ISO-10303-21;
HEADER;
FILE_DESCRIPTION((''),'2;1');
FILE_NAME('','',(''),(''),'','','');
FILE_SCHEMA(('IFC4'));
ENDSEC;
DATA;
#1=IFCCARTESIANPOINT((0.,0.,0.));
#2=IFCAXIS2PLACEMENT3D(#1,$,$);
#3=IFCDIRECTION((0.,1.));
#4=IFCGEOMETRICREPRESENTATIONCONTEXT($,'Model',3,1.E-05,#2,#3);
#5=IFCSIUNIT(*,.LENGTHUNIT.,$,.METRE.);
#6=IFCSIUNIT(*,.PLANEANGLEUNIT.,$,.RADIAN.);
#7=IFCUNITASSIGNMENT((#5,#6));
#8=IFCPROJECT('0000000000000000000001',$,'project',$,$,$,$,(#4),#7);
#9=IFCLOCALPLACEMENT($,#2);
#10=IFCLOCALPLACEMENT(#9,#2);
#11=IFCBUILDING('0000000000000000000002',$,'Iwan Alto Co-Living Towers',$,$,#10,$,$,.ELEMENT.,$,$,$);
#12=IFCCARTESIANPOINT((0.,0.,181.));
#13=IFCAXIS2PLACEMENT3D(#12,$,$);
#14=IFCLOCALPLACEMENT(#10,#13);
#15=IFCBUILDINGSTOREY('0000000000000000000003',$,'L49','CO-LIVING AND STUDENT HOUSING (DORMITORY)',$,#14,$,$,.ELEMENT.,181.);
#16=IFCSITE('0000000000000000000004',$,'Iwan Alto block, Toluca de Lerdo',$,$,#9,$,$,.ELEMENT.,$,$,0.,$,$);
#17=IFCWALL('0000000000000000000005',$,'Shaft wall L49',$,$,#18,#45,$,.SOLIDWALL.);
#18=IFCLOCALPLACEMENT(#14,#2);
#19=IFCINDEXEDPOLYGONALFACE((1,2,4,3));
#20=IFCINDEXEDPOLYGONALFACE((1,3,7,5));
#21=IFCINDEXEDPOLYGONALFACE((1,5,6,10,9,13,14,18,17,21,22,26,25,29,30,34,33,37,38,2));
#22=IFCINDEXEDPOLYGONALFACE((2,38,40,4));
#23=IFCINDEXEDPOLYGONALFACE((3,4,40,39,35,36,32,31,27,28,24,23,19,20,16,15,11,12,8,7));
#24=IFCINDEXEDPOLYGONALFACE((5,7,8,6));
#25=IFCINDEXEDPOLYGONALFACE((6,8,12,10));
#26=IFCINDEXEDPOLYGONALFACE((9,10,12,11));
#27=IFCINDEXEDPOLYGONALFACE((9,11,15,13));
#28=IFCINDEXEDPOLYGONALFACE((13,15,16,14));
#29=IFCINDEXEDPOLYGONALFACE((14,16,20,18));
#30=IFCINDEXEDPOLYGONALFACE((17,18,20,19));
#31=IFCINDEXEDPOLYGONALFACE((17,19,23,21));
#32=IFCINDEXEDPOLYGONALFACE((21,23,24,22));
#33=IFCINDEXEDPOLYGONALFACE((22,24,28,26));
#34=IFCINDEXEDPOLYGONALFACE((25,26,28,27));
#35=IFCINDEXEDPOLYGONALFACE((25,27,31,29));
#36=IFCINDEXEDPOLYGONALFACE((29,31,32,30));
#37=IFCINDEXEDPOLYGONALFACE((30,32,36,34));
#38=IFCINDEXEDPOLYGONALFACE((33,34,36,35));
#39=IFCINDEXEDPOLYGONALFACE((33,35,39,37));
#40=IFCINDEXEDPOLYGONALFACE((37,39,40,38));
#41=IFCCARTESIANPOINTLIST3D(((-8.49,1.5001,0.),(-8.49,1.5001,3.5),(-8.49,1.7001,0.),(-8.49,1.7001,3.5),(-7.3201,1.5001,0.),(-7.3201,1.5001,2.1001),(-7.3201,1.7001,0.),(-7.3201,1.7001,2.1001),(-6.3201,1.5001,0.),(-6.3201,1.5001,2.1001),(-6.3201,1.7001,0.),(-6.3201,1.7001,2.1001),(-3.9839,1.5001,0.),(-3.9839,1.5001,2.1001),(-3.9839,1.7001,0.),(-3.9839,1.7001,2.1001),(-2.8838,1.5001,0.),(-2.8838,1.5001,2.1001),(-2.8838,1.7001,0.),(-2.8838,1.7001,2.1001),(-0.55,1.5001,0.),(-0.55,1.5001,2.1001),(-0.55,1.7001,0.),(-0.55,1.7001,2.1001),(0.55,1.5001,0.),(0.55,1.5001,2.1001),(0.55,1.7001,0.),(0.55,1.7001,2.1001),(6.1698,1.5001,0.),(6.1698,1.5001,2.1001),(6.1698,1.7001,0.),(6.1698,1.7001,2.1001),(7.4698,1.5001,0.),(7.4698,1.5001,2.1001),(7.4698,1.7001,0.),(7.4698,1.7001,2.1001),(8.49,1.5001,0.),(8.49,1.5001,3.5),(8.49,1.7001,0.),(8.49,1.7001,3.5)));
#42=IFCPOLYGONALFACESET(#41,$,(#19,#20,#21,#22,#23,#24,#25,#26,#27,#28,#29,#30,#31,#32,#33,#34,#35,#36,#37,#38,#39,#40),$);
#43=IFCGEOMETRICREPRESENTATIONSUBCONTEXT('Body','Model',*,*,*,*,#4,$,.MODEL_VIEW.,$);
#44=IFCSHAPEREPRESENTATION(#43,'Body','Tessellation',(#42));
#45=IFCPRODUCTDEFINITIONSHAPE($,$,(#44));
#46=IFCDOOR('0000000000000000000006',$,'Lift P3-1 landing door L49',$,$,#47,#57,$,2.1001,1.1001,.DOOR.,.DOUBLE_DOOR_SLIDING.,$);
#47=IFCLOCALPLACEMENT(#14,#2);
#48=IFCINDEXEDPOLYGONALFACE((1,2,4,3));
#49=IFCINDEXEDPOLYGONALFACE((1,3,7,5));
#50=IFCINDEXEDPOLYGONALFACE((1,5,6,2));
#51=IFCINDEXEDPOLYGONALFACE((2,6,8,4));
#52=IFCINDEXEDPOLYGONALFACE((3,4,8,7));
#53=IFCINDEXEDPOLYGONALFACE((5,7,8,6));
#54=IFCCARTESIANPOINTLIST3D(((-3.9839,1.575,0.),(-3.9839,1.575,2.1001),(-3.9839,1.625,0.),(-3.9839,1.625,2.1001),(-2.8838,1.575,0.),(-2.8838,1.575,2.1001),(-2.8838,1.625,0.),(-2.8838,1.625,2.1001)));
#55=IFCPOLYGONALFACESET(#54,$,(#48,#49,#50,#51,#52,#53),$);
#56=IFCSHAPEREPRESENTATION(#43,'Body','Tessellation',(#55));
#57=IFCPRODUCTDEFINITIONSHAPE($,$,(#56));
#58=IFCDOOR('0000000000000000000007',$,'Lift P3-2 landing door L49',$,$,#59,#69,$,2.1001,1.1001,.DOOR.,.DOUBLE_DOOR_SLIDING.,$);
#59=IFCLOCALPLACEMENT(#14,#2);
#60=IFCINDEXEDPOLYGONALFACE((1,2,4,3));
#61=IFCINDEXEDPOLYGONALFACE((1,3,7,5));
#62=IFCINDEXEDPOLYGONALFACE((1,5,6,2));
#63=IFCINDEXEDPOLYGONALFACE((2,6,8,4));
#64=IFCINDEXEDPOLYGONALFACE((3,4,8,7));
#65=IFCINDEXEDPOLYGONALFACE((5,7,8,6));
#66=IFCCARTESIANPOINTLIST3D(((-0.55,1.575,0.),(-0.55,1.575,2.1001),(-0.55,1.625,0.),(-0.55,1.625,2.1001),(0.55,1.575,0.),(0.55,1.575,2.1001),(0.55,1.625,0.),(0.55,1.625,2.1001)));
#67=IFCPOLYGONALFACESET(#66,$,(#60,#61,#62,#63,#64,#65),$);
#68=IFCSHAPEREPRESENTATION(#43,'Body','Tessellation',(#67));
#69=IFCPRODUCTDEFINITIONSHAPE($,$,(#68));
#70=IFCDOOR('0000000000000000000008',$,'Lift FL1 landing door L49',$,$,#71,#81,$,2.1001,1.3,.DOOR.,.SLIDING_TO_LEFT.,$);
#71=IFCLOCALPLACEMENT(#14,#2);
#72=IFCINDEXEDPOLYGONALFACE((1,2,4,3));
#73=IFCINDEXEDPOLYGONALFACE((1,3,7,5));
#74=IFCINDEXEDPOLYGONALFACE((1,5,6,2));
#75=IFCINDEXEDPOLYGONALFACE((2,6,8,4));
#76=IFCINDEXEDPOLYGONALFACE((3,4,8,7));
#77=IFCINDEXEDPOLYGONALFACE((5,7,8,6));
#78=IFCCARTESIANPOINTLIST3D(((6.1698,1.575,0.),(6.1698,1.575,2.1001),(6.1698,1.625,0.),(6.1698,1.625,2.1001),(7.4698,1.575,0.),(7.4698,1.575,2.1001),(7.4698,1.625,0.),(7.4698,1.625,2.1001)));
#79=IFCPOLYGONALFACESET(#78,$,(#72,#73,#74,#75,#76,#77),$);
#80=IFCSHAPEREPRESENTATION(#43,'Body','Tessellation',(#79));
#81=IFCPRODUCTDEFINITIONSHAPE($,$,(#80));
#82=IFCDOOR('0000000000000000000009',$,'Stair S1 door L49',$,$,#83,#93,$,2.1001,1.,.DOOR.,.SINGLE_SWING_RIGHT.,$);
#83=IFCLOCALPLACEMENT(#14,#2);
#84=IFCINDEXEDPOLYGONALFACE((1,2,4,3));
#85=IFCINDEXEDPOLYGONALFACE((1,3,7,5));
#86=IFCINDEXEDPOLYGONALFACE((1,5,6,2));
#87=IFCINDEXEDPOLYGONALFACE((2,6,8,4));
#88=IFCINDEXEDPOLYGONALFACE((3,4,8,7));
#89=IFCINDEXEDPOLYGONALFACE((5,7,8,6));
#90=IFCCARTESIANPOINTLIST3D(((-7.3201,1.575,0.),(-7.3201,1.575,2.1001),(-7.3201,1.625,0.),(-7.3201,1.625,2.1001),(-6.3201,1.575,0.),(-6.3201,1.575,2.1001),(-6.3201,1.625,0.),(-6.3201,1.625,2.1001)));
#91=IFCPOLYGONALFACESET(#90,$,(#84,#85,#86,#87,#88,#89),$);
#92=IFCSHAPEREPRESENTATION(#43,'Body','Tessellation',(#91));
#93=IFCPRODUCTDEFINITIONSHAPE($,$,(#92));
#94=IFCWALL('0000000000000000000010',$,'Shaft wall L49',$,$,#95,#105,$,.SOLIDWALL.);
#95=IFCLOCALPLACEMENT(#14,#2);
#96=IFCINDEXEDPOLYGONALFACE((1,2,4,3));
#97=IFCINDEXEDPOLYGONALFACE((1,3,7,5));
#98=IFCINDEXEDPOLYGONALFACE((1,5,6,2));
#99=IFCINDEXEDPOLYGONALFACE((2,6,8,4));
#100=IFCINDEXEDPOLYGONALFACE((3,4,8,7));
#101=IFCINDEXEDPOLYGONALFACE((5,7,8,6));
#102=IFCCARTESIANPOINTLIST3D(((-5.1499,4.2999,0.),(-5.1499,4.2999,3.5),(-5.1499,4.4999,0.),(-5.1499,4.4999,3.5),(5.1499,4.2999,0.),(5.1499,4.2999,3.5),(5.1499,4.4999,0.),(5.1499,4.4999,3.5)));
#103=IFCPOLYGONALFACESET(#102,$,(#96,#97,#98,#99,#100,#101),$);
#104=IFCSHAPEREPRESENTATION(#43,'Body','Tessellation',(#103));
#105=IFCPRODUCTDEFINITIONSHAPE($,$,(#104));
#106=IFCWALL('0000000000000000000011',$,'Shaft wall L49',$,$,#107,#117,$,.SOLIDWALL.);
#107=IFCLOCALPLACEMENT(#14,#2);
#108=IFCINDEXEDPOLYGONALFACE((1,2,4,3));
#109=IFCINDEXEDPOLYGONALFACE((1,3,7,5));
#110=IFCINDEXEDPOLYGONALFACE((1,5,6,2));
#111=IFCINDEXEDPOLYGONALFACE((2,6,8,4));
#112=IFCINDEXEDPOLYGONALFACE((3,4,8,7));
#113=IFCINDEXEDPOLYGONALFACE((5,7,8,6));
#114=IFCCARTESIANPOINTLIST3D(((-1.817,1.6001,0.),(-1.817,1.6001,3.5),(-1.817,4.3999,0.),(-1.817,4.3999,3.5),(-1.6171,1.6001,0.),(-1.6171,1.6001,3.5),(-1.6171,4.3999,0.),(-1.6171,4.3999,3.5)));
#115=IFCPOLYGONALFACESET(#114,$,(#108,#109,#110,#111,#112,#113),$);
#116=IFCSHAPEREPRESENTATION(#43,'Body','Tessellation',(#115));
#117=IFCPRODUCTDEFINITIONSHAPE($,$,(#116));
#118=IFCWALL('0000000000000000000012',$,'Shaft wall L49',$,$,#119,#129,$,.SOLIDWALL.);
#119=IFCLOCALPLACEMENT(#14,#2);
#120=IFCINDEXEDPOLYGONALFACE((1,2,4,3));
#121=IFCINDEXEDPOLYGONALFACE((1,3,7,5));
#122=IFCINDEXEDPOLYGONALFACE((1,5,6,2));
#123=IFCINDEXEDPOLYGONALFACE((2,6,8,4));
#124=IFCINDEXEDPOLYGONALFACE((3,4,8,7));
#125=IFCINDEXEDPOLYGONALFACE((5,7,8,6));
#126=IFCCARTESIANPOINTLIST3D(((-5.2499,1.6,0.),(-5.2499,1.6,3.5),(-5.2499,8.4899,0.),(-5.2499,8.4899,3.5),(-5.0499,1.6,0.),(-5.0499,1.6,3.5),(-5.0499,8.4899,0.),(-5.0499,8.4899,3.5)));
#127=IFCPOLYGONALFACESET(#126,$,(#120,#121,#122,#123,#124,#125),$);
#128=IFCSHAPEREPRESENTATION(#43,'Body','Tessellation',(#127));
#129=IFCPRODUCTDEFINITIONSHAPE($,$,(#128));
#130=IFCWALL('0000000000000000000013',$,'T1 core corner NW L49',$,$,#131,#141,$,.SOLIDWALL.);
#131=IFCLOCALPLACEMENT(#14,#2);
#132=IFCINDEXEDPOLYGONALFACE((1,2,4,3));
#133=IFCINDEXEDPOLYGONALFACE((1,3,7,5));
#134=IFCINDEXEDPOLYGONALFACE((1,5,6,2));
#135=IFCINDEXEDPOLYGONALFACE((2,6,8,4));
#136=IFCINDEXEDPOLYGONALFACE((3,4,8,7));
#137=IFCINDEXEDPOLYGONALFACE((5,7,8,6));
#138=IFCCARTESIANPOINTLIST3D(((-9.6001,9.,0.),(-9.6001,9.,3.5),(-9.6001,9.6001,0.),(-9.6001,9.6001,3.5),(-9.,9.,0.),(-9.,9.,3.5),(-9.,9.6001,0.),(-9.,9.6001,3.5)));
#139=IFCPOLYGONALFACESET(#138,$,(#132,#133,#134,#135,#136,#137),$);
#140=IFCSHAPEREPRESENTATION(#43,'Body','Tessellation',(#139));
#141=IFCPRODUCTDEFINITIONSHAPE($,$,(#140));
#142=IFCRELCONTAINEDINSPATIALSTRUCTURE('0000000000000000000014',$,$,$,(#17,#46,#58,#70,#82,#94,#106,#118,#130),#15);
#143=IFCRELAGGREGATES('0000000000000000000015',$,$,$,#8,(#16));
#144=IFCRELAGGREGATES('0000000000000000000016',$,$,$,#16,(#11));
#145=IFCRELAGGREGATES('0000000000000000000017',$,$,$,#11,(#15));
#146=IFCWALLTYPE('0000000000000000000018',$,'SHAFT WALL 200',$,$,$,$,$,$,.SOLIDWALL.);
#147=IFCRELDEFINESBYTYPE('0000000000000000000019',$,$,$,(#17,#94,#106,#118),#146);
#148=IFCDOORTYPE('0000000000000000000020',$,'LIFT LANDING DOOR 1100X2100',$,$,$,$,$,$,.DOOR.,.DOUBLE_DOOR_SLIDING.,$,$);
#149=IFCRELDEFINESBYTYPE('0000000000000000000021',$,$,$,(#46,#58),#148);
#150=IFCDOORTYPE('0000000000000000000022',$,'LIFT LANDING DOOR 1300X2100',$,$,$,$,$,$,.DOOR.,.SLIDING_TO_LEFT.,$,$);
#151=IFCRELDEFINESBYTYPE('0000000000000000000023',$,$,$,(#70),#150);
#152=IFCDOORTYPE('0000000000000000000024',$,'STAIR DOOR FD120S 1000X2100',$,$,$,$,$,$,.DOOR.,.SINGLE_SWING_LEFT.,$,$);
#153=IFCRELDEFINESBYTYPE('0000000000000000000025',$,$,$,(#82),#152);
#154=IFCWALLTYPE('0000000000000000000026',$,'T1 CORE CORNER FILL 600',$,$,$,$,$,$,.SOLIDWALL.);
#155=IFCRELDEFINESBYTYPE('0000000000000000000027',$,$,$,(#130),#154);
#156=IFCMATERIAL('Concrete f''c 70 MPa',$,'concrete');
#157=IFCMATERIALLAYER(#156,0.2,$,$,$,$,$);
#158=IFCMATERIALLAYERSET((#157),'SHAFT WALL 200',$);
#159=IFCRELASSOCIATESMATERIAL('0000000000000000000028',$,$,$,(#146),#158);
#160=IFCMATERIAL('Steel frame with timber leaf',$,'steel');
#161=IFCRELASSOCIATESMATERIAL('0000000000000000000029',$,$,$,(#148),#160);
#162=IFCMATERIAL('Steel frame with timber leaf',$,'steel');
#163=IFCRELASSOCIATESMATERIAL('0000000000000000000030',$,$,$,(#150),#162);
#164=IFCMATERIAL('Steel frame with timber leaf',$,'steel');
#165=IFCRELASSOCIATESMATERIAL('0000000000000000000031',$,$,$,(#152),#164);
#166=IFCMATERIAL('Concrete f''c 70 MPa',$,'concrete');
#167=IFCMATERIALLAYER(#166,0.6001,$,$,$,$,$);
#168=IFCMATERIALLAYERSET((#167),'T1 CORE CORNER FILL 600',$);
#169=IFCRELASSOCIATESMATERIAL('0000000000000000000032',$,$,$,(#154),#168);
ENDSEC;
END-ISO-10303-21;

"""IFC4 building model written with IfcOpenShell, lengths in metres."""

from ifc_helpers import new_model, si_unit, direction, frame, frame_2d, origin, place, context, subcontext, project, spatial, rectangle, extrude, material, layer, layer_set, type_object, element, fill, save


model = new_model("IFC4")

# Units and contexts
model_context = context("Model", 3, precision=1e-05, world=origin(), true_north=direction((0.0, 1.0)))
body_context = subcontext(model_context, "Body", "Model", "MODEL_VIEW")
ifc_project = project(units=[si_unit("LENGTHUNIT", "METRE"), si_unit("PLANEANGLEUNIT", "RADIAN")], contexts=[model_context])

# Site, building, storey
site_placement = place(None, origin())
site = spatial("IfcSite", under=ifc_project, at=site_placement, Name="Iwan Alto block, Toluca de Lerdo", CompositionType="ELEMENT", RefElevation=0.0)
building_placement = place(site_placement, origin())
building = spatial("IfcBuilding", under=site, at=building_placement, Name="Iwan Alto Co-Living Towers", CompositionType="ELEMENT")
storey_placement = place(building_placement, frame((0.0, 0.0, 181.0)))
storey = spatial("IfcBuildingStorey", under=building, at=storey_placement, Name="L49", Description="CO-LIVING AND STUDENT HOUSING (DORMITORY)", CompositionType="ELEMENT", Elevation=181.0)

# Wall, openings, doors
ifc_material_1 = material(Name="Concrete f'c 70 MPa", Category="concrete")
ifc_layer_1 = layer(ifc_material_1, 0.2)
ifc_layer_set_1 = layer_set([ifc_layer_1], Name="SHAFT WALL 200")
wall_type_1 = type_object("IfcWallType", Name="SHAFT WALL 200", PredefinedType="SOLIDWALL", material=ifc_layer_set_1)
wall_1_placement = place(storey_placement, frame((-8.49, 1.6001, 0.0), z_axis=(0.0, 0.0, 1.0), x_axis=(1.0, 0.0, 0.0)))
wall_1 = element("IfcWall", 1, at=wall_1_placement, inside=storey, type_object=wall_type_1, Name="Shaft wall L49", PredefinedType="SOLIDWALL", context=body_context, shape_type="SweptSolid", body=[
    extrude(rectangle(XDim=16.98, YDim=0.2, at=frame_2d((8.49, 0.0))), origin(), (0.0, 0.0, 1.0), 3.5),
])
opening_1_placement = place(wall_1_placement, frame((1.1699, 0.0, 0.0)))
opening_1 = element("IfcOpeningElement", 2, at=opening_1_placement, cuts=wall_1, PredefinedType="OPENING", context=body_context, shape_type="SweptSolid", body=[
    extrude(rectangle(XDim=1.0, YDim=2.1001, at=frame_2d((0.5, 1.05))), frame((0.0, 0.1099, 0.0), z_axis=(0.0, -1.0, 0.0), x_axis=(1.0, 0.0, 0.0)), (0.0, 0.0, 1.0), 0.22),
])
opening_2_placement = place(wall_1_placement, frame((4.5061, 0.0, 0.0)))
opening_2 = element("IfcOpeningElement", 3, at=opening_2_placement, cuts=wall_1, PredefinedType="OPENING", context=body_context, shape_type="SweptSolid", body=[
    extrude(rectangle(XDim=1.1001, YDim=2.1001, at=frame_2d((0.55, 1.05))), frame((0.0, 0.1099, 0.0), z_axis=(0.0, -1.0, 0.0), x_axis=(1.0, 0.0, 0.0)), (0.0, 0.0, 1.0), 0.22),
])
opening_3_placement = place(wall_1_placement, frame((7.9399, 0.0, 0.0)))
opening_3 = element("IfcOpeningElement", 4, at=opening_3_placement, cuts=wall_1, PredefinedType="OPENING", context=body_context, shape_type="SweptSolid", body=[
    extrude(rectangle(XDim=1.1001, YDim=2.1001, at=frame_2d((0.55, 1.05))), frame((0.0, 0.1099, 0.0), z_axis=(0.0, -1.0, 0.0), x_axis=(1.0, 0.0, 0.0)), (0.0, 0.0, 1.0), 0.22),
])
opening_4_placement = place(wall_1_placement, frame((14.6599, 0.0, 0.0)))
opening_4 = element("IfcOpeningElement", 5, at=opening_4_placement, cuts=wall_1, PredefinedType="OPENING", context=body_context, shape_type="SweptSolid", body=[
    extrude(rectangle(XDim=1.3, YDim=2.1001, at=frame_2d((0.6499, 1.05))), frame((0.0, 0.1099, 0.0), z_axis=(0.0, -1.0, 0.0), x_axis=(1.0, 0.0, 0.0)), (0.0, 0.0, 1.0), 0.22),
])
ifc_material_2 = material(Name="Steel frame with timber leaf", Category="steel")
door_type_1 = type_object("IfcDoorType", Name="LIFT LANDING DOOR 1100X2100", OperationType="DOUBLE_DOOR_SLIDING", PredefinedType="DOOR", material=ifc_material_2)
door_1_placement = place(opening_2_placement, origin())
door_1 = element("IfcDoor", 6, at=door_1_placement, inside=storey, type_object=door_type_1, Name="Lift P3-1 landing door L49", OperationType="DOUBLE_DOOR_SLIDING", OverallHeight=2.1001, OverallWidth=1.1001, PredefinedType="DOOR", context=body_context, shape_type="SweptSolid", body=[
    extrude(rectangle(XDim=1.1001, YDim=2.1001, at=frame_2d((0.55, 1.05))), frame((0.0, 0.0249, 0.0), z_axis=(0.0, -1.0, 0.0), x_axis=(1.0, 0.0, 0.0)), (0.0, 0.0, 1.0), 0.05),
])
fill(opening_2, door_1)
door_2_placement = place(opening_3_placement, origin())
door_2 = element("IfcDoor", 7, at=door_2_placement, inside=storey, type_object=door_type_1, Name="Lift P3-2 landing door L49", OperationType="DOUBLE_DOOR_SLIDING", OverallHeight=2.1001, OverallWidth=1.1001, PredefinedType="DOOR", context=body_context, shape_type="SweptSolid", body=[
    extrude(rectangle(XDim=1.1001, YDim=2.1001, at=frame_2d((0.55, 1.05))), frame((0.0, 0.0249, 0.0), z_axis=(0.0, -1.0, 0.0), x_axis=(1.0, 0.0, 0.0)), (0.0, 0.0, 1.0), 0.05),
])
fill(opening_3, door_2)
ifc_material_3 = material(Name="Steel frame with timber leaf", Category="steel")
door_type_2 = type_object("IfcDoorType", Name="LIFT LANDING DOOR 1300X2100", OperationType="SLIDING_TO_LEFT", PredefinedType="DOOR", material=ifc_material_3)
door_3_placement = place(opening_4_placement, origin())
door_3 = element("IfcDoor", 8, at=door_3_placement, inside=storey, type_object=door_type_2, Name="Lift FL1 landing door L49", OperationType="SLIDING_TO_LEFT", OverallHeight=2.1001, OverallWidth=1.3, PredefinedType="DOOR", context=body_context, shape_type="SweptSolid", body=[
    extrude(rectangle(XDim=1.3, YDim=2.1001, at=frame_2d((0.6499, 1.05))), frame((0.0, 0.0249, 0.0), z_axis=(0.0, -1.0, 0.0), x_axis=(1.0, 0.0, 0.0)), (0.0, 0.0, 1.0), 0.05),
])
fill(opening_4, door_3)
ifc_material_4 = material(Name="Steel frame with timber leaf", Category="steel")
door_type_3 = type_object("IfcDoorType", Name="STAIR DOOR FD120S 1000X2100", OperationType="SINGLE_SWING_LEFT", PredefinedType="DOOR", material=ifc_material_4)
door_4_placement = place(opening_1_placement, origin())
door_4 = element("IfcDoor", 9, at=door_4_placement, inside=storey, type_object=door_type_3, Name="Stair S1 door L49", OperationType="SINGLE_SWING_RIGHT", OverallHeight=2.1001, OverallWidth=1.0, PredefinedType="DOOR", context=body_context, shape_type="SweptSolid", body=[
    extrude(rectangle(XDim=1.0, YDim=2.1001, at=frame_2d((0.5, 1.05))), frame((0.0, 0.0249, 0.0), z_axis=(0.0, -1.0, 0.0), x_axis=(1.0, 0.0, 0.0)), (0.0, 0.0, 1.0), 0.05),
])
fill(opening_1, door_4)

# Walls
wall_2_placement = place(storey_placement, frame((-5.1499, 4.3999, 0.0), z_axis=(0.0, 0.0, 1.0), x_axis=(1.0, 0.0, 0.0)))
element("IfcWall", 10, at=wall_2_placement, inside=storey, type_object=wall_type_1, Name="Shaft wall L49", PredefinedType="SOLIDWALL", context=body_context, shape_type="SweptSolid", body=[
    extrude(rectangle(XDim=10.2998, YDim=0.2, at=frame_2d((5.1499, 0.0))), origin(), (0.0, 0.0, 1.0), 3.5),
])
wall_3_placement = place(storey_placement, frame((-1.717, 1.6001, 0.0), z_axis=(0.0, 0.0, 1.0), x_axis=(0.0, 1.0, 0.0)))
element("IfcWall", 11, at=wall_3_placement, inside=storey, type_object=wall_type_1, Name="Shaft wall L49", PredefinedType="SOLIDWALL", context=body_context, shape_type="SweptSolid", body=[
    extrude(rectangle(XDim=2.7998, YDim=0.2, at=frame_2d((1.3999, 0.0))), origin(), (0.0, 0.0, 1.0), 3.5),
])
wall_4_placement = place(storey_placement, frame((-5.1499, 1.6001, 0.0), z_axis=(0.0, 0.0, 1.0), x_axis=(0.0, 1.0, 0.0)))
element("IfcWall", 12, at=wall_4_placement, inside=storey, type_object=wall_type_1, Name="Shaft wall L49", PredefinedType="SOLIDWALL", context=body_context, shape_type="SweptSolid", body=[
    extrude(rectangle(XDim=6.8899, YDim=0.2, at=frame_2d((3.4448, 0.0))), origin(), (0.0, 0.0, 1.0), 3.5),
])
ifc_material_5 = material(Name="Concrete f'c 70 MPa", Category="concrete")
ifc_layer_2 = layer(ifc_material_5, 0.6001)
ifc_layer_set_2 = layer_set([ifc_layer_2], Name="T1 CORE CORNER FILL 600")
wall_type_2 = type_object("IfcWallType", Name="T1 CORE CORNER FILL 600", PredefinedType="SOLIDWALL", material=ifc_layer_set_2)
wall_5_placement = place(storey_placement, frame((-9.6001, 9.3, 0.0), z_axis=(0.0, 0.0, 1.0), x_axis=(1.0, 0.0, 0.0)))
element("IfcWall", 13, at=wall_5_placement, inside=storey, type_object=wall_type_2, Name="T1 core corner NW L49", PredefinedType="SOLIDWALL", context=body_context, shape_type="SweptSolid", body=[
    extrude(rectangle(XDim=0.6001, YDim=0.6001, at=frame_2d((0.3, 0.0))), origin(), (0.0, 0.0, 1.0), 3.5),
])

save(model, "model.ifc")
